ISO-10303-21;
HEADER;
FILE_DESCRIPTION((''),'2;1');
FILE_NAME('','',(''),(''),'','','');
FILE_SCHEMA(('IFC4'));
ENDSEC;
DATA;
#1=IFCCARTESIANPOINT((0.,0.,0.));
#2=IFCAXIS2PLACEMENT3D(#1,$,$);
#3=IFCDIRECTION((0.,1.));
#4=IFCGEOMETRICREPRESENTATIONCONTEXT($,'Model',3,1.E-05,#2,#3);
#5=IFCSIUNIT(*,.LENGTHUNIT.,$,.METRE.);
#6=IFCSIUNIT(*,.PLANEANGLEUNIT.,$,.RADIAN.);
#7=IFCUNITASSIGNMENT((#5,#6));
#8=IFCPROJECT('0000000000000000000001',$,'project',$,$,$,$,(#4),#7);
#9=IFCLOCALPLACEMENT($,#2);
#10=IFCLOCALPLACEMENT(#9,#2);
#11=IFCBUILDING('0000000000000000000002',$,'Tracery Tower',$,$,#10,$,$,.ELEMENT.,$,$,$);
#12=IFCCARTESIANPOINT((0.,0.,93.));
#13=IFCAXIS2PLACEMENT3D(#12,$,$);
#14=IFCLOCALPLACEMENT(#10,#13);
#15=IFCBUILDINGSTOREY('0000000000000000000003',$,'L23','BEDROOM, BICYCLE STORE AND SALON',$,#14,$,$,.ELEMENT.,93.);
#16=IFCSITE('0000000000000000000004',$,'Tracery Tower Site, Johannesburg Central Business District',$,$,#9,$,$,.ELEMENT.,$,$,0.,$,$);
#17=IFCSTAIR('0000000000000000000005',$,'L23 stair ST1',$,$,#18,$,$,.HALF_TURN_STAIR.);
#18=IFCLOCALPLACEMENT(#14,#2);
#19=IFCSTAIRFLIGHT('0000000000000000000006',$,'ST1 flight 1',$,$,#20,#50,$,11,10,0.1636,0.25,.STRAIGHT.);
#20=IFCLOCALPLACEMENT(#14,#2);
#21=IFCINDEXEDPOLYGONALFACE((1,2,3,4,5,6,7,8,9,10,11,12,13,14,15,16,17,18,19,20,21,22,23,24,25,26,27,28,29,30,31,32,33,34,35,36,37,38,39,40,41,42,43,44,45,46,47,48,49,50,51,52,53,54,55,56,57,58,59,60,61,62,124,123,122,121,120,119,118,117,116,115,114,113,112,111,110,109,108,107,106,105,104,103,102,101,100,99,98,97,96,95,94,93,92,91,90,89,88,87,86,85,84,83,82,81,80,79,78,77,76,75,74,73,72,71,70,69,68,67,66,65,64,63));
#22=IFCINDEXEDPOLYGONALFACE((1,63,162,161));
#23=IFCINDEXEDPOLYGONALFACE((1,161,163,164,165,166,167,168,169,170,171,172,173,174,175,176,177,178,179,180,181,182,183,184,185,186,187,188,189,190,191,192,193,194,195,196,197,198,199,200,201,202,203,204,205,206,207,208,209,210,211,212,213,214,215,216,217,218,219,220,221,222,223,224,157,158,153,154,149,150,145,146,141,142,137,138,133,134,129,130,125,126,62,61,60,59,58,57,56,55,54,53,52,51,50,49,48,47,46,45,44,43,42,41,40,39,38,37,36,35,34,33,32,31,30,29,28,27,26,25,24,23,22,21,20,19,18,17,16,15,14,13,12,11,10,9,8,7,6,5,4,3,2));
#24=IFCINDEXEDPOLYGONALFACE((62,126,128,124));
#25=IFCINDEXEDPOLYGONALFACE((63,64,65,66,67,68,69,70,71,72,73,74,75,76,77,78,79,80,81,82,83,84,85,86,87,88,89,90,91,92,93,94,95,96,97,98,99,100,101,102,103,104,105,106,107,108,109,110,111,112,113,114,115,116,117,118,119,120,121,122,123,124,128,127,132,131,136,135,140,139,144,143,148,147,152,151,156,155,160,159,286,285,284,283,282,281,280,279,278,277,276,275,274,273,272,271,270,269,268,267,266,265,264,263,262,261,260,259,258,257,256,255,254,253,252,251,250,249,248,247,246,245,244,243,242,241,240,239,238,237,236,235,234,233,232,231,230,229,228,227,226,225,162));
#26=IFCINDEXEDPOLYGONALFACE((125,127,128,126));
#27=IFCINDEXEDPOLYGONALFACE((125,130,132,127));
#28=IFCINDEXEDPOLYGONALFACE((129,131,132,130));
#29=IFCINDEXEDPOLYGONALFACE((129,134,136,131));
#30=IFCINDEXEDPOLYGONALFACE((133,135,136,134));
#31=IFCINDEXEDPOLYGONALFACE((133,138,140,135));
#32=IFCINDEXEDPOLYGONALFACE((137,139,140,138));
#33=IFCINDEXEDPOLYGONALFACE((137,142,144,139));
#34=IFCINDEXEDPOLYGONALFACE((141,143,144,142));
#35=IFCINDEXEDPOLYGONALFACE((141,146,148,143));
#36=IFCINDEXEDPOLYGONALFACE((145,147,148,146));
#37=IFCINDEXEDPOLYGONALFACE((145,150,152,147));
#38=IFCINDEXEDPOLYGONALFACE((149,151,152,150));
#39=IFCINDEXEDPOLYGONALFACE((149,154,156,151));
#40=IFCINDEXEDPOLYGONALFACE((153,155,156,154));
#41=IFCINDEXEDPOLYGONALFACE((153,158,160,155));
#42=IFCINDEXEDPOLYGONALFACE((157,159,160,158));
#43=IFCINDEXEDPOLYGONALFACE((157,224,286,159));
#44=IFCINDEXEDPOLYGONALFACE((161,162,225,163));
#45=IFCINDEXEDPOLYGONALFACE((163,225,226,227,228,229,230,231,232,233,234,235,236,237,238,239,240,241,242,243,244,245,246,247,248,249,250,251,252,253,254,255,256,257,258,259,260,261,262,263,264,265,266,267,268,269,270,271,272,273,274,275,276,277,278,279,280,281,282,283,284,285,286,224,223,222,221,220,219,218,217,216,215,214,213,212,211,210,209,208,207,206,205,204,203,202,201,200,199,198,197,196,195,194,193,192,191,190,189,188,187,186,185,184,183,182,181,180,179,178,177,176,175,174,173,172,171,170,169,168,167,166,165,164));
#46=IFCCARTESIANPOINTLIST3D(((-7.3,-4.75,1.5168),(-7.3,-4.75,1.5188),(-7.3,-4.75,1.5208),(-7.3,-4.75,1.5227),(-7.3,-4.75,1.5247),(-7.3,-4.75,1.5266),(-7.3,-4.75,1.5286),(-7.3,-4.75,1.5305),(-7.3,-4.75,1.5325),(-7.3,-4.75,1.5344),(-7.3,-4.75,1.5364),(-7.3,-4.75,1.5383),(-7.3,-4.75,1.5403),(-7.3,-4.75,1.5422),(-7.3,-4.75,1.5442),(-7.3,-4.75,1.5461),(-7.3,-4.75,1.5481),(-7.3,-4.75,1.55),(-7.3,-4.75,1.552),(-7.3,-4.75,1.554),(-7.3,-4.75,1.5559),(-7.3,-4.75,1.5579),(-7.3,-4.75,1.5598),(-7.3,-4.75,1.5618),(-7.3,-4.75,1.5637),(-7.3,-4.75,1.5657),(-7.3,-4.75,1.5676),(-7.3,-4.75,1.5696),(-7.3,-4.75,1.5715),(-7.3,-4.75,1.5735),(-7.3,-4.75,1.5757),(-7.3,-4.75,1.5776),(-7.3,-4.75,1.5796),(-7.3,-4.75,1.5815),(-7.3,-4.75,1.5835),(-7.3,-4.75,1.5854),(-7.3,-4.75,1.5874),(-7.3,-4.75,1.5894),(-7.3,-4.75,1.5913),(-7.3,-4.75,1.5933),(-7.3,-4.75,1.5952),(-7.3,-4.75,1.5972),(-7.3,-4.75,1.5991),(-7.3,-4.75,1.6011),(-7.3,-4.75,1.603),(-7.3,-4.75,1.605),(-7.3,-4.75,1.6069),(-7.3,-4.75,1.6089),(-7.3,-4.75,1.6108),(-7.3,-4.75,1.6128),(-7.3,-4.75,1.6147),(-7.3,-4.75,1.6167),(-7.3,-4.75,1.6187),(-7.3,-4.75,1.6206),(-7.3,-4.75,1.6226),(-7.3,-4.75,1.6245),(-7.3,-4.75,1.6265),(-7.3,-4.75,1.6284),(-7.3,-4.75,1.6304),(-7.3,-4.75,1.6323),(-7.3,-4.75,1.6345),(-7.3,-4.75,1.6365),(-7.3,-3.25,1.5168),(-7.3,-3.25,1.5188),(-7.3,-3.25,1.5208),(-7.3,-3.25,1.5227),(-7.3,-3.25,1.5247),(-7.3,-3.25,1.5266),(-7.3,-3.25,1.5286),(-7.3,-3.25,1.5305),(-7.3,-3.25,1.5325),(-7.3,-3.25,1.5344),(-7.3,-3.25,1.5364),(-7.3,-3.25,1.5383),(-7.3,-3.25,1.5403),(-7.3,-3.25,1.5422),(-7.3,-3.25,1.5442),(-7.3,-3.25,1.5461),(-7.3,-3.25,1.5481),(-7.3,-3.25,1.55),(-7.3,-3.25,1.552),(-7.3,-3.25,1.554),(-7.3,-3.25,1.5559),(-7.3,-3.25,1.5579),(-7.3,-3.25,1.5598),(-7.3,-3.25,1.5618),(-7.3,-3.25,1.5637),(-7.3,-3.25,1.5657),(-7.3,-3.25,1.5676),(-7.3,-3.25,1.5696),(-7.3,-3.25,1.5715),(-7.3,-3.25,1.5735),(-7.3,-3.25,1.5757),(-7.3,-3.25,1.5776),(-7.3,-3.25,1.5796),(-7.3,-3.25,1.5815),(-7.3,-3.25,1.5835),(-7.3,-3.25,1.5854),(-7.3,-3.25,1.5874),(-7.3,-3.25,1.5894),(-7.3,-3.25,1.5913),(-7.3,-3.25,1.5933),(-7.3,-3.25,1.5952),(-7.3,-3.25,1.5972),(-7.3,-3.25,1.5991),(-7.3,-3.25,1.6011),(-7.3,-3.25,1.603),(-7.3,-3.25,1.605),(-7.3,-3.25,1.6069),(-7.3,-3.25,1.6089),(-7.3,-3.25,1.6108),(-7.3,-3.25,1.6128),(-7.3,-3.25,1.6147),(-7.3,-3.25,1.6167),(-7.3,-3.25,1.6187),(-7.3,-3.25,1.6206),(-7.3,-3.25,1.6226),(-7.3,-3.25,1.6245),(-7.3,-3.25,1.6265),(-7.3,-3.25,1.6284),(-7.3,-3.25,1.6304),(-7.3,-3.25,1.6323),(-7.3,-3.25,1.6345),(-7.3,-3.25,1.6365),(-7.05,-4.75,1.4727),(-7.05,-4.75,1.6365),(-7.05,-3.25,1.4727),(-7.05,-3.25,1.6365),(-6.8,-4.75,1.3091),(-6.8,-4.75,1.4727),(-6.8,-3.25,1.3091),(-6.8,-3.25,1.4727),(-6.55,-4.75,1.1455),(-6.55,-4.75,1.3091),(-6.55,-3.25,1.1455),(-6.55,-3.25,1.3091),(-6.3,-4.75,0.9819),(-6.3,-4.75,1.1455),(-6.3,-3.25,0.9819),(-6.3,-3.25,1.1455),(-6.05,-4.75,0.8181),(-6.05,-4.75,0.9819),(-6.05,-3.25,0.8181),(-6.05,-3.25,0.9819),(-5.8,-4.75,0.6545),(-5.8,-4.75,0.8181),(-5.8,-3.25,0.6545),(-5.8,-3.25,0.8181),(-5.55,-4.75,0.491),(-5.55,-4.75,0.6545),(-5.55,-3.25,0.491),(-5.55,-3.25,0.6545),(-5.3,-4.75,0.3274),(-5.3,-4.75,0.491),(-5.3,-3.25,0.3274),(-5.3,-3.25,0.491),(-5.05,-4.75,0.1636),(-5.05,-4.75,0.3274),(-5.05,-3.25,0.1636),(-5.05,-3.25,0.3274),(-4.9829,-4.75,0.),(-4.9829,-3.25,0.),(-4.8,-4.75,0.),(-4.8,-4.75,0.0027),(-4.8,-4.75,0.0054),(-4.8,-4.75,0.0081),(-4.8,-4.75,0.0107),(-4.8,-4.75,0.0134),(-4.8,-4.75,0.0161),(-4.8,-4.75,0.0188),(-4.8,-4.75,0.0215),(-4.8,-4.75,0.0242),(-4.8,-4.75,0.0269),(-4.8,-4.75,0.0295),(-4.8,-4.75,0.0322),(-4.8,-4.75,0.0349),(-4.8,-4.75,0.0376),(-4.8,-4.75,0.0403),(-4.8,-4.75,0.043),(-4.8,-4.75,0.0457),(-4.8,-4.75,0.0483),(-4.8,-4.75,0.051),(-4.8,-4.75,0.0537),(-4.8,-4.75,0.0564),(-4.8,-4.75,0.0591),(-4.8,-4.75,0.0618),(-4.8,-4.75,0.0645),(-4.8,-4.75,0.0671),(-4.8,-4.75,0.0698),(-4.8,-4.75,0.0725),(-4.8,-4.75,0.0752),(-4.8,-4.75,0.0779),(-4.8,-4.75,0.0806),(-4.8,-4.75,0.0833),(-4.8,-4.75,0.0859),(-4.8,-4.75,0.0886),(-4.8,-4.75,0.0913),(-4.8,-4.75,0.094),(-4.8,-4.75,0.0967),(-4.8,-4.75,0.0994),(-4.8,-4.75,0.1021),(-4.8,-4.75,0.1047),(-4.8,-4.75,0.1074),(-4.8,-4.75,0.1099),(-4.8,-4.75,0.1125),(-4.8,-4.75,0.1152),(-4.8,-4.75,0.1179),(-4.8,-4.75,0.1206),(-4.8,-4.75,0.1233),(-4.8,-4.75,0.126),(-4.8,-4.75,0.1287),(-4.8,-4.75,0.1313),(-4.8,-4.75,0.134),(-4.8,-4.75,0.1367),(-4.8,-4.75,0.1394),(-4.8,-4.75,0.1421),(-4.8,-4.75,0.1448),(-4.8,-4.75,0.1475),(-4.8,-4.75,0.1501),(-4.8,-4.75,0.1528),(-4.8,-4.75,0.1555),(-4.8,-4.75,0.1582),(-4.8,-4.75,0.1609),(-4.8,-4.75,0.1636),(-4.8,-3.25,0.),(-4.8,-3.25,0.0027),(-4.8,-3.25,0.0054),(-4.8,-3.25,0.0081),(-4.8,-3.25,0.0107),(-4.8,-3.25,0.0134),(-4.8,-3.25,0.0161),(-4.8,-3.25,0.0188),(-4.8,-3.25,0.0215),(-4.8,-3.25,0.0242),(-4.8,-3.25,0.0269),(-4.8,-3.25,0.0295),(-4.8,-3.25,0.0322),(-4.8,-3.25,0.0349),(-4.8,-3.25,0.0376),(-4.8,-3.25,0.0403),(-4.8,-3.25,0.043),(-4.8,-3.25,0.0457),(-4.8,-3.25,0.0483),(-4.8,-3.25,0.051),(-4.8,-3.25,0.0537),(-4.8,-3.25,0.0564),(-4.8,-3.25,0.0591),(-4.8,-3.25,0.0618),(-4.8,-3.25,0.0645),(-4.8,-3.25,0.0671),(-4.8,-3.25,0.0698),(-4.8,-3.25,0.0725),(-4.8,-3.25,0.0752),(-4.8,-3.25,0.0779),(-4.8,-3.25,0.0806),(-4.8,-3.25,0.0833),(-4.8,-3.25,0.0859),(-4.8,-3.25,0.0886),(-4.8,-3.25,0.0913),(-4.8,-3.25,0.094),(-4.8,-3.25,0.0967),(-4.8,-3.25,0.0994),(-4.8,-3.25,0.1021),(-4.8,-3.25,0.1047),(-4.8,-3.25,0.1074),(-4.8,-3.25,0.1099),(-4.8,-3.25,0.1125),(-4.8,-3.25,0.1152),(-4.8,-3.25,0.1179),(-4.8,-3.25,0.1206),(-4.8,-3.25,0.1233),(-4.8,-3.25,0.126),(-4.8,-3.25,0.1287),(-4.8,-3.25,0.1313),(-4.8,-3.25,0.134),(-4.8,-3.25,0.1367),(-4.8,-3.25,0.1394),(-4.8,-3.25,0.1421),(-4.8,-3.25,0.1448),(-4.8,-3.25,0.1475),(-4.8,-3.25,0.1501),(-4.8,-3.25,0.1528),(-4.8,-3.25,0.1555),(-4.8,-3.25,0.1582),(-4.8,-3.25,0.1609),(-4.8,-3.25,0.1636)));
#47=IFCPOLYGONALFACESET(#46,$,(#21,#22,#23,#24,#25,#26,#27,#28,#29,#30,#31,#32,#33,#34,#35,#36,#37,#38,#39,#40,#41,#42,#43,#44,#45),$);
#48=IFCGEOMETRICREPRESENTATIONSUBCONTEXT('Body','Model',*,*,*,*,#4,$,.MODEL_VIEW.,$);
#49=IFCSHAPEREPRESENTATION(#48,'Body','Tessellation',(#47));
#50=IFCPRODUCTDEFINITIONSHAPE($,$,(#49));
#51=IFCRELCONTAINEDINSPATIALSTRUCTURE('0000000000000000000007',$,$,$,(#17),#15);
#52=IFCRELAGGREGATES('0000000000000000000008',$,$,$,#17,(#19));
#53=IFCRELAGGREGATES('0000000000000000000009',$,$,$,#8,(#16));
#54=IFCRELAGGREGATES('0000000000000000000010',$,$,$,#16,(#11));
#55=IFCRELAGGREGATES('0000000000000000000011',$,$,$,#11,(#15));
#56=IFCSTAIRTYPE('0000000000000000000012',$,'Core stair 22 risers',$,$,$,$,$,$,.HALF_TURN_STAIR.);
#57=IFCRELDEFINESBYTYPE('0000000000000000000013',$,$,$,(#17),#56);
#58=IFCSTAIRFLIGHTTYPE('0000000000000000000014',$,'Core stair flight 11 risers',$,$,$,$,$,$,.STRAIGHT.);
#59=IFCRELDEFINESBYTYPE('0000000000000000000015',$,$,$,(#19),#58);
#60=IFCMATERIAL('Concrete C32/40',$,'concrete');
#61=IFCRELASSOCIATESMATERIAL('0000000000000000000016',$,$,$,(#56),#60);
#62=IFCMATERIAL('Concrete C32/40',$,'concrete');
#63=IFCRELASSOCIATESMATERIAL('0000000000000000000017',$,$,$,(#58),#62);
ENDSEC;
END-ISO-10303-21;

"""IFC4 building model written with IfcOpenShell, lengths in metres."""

from ifc_helpers import new_model, si_unit, direction, frame, origin, place, context, subcontext, project, spatial, polyline, outline, extrude, material, type_object, element, aggregate, save


model = new_model("IFC4")

# Units and contexts
model_context = context("Model", 3, precision=1e-05, world=origin(), true_north=direction((0.0, 1.0)))
body_context = subcontext(model_context, "Body", "Model", "MODEL_VIEW")
ifc_project = project(units=[si_unit("LENGTHUNIT", "METRE"), si_unit("PLANEANGLEUNIT", "RADIAN")], contexts=[model_context])

# Site, building, storey
site_placement = place(None, origin())
site = spatial("IfcSite", under=ifc_project, at=site_placement, Name="Tracery Tower Site, Johannesburg Central Business District", CompositionType="ELEMENT", RefElevation=0.0)
building_placement = place(site_placement, origin())
building = spatial("IfcBuilding", under=site, at=building_placement, Name="Tracery Tower", CompositionType="ELEMENT")
storey_placement = place(building_placement, frame((0.0, 0.0, 93.0)))
storey = spatial("IfcBuildingStorey", under=building, at=storey_placement, Name="L23", Description="BEDROOM, BICYCLE STORE AND SALON", CompositionType="ELEMENT", Elevation=93.0)

# Stair, stair flight
ifc_material_1 = material(Name="Concrete C32/40", Category="concrete")
stair_type = type_object("IfcStairType", Name="Core stair 22 risers", PredefinedType="HALF_TURN_STAIR", material=ifc_material_1)
stair_placement = place(storey_placement, origin())
stair = element("IfcStair", 1, at=stair_placement, inside=storey, type_object=stair_type, Name="L23 stair ST1", PredefinedType="HALF_TURN_STAIR")
ifc_material_2 = material(Name="Concrete C32/40", Category="concrete")
stair_flight_type = type_object("IfcStairFlightType", Name="Core stair flight 11 risers", PredefinedType="STRAIGHT", material=ifc_material_2)
stair_flight_1_placement = place(storey_placement, frame((-4.8, -4.0, 0.0), z_axis=(0.0, 0.0, 1.0), x_axis=(-1.0, 0.0, 0.0)))
stair_flight_1 = element("IfcStairFlight", 2, at=stair_flight_1_placement, type_object=stair_flight_type, Name="ST1 flight 1", NumberOfRisers=11, NumberOfTreads=10, PredefinedType="STRAIGHT", RiserHeight=0.1636, TreadLength=0.25, context=body_context, shape_type="SweptSolid", body=[
    extrude(outline(polyline([(0.0, 0.0), (0.0, 0.0027), (0.0, 0.0054), (0.0, 0.0081), (0.0, 0.0107), (0.0, 0.0134), (0.0, 0.0161), (0.0, 0.0188), (0.0, 0.0215), (0.0, 0.0242), (0.0, 0.0269), (0.0, 0.0295), (0.0, 0.0322), (0.0, 0.0349), (0.0, 0.0376), (0.0, 0.0403), (0.0, 0.043), (0.0, 0.0457), (0.0, 0.0483), (0.0, 0.051), (0.0, 0.0537), (0.0, 0.0564), (0.0, 0.0591), (0.0, 0.0618), (0.0, 0.0645), (0.0, 0.0671), (0.0, 0.0698), (0.0, 0.0725), (0.0, 0.0752), (0.0, 0.0779), (0.0, 0.0806), (0.0, 0.0833), (0.0, 0.0859), (0.0, 0.0886), (0.0, 0.0913), (0.0, 0.094), (0.0, 0.0967), (0.0, 0.0994), (0.0, 0.1021), (0.0, 0.1047), (0.0, 0.1074), (0.0, 0.1099), (0.0, 0.1125), (0.0, 0.1152), (0.0, 0.1179), (0.0, 0.1206), (0.0, 0.1233), (0.0, 0.126), (0.0, 0.1287), (0.0, 0.1313), (0.0, 0.134), (0.0, 0.1367), (0.0, 0.1394), (0.0, 0.1421), (0.0, 0.1448), (0.0, 0.1475), (0.0, 0.1501), (0.0, 0.1528), (0.0, 0.1555), (0.0, 0.1582), (0.0, 0.1609), (0.0, 0.1636), (0.25, 0.1636), (0.25, 0.3274), (0.5, 0.3274), (0.5, 0.491), (0.75, 0.491), (0.75, 0.6545), (1.0, 0.6545), (1.0, 0.8181), (1.25, 0.8181), (1.25, 0.9819), (1.5, 0.9819), (1.5, 1.1455), (1.75, 1.1455), (1.75, 1.3091), (2.0, 1.3091), (2.0, 1.4727), (2.25, 1.4727), (2.25, 1.6365), (2.5, 1.6365), (2.5, 1.6345), (2.5, 1.6323), (2.5, 1.6304), (2.5, 1.6284), (2.5, 1.6265), (2.5, 1.6245), (2.5, 1.6226), (2.5, 1.6206), (2.5, 1.6187), (2.5, 1.6167), (2.5, 1.6147), (2.5, 1.6128), (2.5, 1.6108), (2.5, 1.6089), (2.5, 1.6069), (2.5, 1.605), (2.5, 1.603), (2.5, 1.6011), (2.5, 1.5991), (2.5, 1.5972), (2.5, 1.5952), (2.5, 1.5933), (2.5, 1.5913), (2.5, 1.5894), (2.5, 1.5874), (2.5, 1.5854), (2.5, 1.5835), (2.5, 1.5815), (2.5, 1.5796), (2.5, 1.5776), (2.5, 1.5757), (2.5, 1.5735), (2.5, 1.5715), (2.5, 1.5696), (2.5, 1.5676), (2.5, 1.5657), (2.5, 1.5637), (2.5, 1.5618), (2.5, 1.5598), (2.5, 1.5579), (2.5, 1.5559), (2.5, 1.554), (2.5, 1.552), (2.5, 1.55), (2.5, 1.5481), (2.5, 1.5461), (2.5, 1.5442), (2.5, 1.5422), (2.5, 1.5403), (2.5, 1.5383), (2.5, 1.5364), (2.5, 1.5344), (2.5, 1.5325), (2.5, 1.5305), (2.5, 1.5286), (2.5, 1.5266), (2.5, 1.5247), (2.5, 1.5227), (2.5, 1.5208), (2.5, 1.5188), (2.5, 1.5168), (0.1829, 0.0), (0.0, 0.0)])), frame((0.0, 0.75, 0.0), z_axis=(0.0, -1.0, 0.0), x_axis=(1.0, 0.0, 0.0)), (0.0, 0.0, 1.0), 1.5),
])
aggregate(stair, [stair_flight_1])

save(model, "model.ifc")
